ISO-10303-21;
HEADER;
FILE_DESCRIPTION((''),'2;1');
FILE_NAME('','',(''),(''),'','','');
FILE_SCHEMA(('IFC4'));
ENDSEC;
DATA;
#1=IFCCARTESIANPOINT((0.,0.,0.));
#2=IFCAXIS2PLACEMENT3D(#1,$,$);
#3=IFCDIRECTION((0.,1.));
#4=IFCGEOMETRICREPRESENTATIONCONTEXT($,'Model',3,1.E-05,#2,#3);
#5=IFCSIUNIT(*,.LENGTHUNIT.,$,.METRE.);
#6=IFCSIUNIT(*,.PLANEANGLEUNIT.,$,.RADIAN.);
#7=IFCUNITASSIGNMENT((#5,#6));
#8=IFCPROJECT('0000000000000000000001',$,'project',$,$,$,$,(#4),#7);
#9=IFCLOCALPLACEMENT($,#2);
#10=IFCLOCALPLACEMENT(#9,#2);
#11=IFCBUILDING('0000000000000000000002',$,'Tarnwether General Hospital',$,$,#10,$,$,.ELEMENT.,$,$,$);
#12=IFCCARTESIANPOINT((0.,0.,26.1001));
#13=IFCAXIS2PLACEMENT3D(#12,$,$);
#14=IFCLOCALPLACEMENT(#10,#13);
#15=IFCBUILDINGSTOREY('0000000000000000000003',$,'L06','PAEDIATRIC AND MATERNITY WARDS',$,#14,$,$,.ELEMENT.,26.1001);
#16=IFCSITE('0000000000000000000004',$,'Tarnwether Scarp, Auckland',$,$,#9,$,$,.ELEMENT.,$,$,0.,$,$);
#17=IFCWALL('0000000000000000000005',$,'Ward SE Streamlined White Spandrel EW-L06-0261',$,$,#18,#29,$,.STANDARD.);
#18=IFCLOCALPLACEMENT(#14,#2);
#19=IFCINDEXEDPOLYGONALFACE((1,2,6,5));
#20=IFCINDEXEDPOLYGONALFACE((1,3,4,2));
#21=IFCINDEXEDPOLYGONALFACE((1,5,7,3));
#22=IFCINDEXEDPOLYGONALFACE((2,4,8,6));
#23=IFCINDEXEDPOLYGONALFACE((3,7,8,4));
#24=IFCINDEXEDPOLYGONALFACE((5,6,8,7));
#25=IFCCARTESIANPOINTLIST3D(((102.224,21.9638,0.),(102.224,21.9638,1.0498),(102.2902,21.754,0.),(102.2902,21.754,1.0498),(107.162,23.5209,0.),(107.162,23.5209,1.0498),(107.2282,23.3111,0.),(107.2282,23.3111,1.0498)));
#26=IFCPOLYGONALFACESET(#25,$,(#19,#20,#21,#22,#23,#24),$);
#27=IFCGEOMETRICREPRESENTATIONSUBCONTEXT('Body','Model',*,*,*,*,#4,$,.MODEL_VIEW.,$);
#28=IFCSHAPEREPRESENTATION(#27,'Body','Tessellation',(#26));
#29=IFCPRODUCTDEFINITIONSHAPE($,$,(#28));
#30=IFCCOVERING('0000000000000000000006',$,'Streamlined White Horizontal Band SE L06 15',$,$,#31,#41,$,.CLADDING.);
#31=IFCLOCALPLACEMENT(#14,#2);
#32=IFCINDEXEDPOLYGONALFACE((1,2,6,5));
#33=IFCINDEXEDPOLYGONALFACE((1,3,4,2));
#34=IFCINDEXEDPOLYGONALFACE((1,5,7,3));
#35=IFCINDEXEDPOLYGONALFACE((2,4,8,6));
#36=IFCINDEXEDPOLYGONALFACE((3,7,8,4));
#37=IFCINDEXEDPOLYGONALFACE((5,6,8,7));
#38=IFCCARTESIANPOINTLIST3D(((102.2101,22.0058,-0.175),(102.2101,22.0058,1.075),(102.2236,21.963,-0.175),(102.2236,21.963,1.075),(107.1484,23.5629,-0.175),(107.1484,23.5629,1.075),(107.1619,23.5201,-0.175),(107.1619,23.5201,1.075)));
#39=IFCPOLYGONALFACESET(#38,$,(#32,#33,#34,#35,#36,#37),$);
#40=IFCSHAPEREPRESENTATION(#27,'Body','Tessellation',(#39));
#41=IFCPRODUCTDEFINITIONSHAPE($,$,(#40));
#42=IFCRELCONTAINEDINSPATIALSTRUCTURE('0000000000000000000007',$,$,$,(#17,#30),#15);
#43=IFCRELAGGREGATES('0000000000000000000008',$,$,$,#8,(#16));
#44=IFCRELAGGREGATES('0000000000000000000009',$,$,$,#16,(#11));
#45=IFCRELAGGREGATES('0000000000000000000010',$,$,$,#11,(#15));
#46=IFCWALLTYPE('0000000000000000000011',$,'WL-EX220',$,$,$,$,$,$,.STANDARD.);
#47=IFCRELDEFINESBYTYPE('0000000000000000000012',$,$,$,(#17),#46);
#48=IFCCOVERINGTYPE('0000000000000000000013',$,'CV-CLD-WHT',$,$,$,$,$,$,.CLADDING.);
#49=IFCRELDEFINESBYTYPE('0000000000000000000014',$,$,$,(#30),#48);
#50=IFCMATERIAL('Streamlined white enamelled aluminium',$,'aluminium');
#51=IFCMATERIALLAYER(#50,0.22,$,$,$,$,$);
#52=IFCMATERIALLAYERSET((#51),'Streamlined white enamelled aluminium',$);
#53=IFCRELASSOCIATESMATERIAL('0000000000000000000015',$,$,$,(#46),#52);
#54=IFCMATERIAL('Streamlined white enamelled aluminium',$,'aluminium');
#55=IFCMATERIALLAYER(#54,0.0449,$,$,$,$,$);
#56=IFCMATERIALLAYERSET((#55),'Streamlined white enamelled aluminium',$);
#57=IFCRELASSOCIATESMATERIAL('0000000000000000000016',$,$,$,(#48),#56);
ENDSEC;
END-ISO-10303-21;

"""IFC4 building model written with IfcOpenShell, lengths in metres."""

from ifc_helpers import new_model, si_unit, direction, frame, frame_2d, origin, origin_2d, place, context, subcontext, project, spatial, rectangle, extrude, material, layer, layer_set, type_object, element, save


model = new_model("IFC4")

# Units and contexts
model_context = context("Model", 3, precision=1e-05, world=origin(), true_north=direction((0.0, 1.0)))
body_context = subcontext(model_context, "Body", "Model", "MODEL_VIEW")
ifc_project = project(units=[si_unit("LENGTHUNIT", "METRE"), si_unit("PLANEANGLEUNIT", "RADIAN")], contexts=[model_context])

# Site, building, storey
site_placement = place(None, origin())
site = spatial("IfcSite", under=ifc_project, at=site_placement, Name="Tarnwether Scarp, Auckland", CompositionType="ELEMENT", RefElevation=0.0)
building_placement = place(site_placement, origin())
building = spatial("IfcBuilding", under=site, at=building_placement, Name="Tarnwether General Hospital", CompositionType="ELEMENT")
storey_placement = place(building_placement, frame((0.0, 0.0, 26.1001)))
storey = spatial("IfcBuildingStorey", under=building, at=storey_placement, Name="L06", Description="PAEDIATRIC AND MATERNITY WARDS", CompositionType="ELEMENT", Elevation=26.1001)

# Wall
ifc_material_1 = material(Name="Streamlined white enamelled aluminium", Category="aluminium")
ifc_layer_1 = layer(ifc_material_1, 0.22)
ifc_layer_set_1 = layer_set([ifc_layer_1], Name="Streamlined white enamelled aluminium")
wall_type = type_object("IfcWallType", Name="WL-EX220", PredefinedType="STANDARD", material=ifc_layer_set_1)
wall_placement = place(storey_placement, frame((102.2571, 21.8589, 0.0), z_axis=(0.0, 0.0, 1.0), x_axis=(0.953707, 0.300739, 0.0)))
element("IfcWall", 1, at=wall_placement, inside=storey, type_object=wall_type, Name="Ward SE Streamlined White Spandrel EW-L06-0261", PredefinedType="STANDARD", context=body_context, shape_type="SweptSolid", body=[
    extrude(rectangle(XDim=5.1777, YDim=0.22, at=frame_2d((2.5889, 0.0))), origin(), (0.0, 0.0, 1.0), 1.0498),
])

# Covering
ifc_material_2 = material(Name="Streamlined white enamelled aluminium", Category="aluminium")
ifc_layer_2 = layer(ifc_material_2, 0.0449)
ifc_layer_set_2 = layer_set([ifc_layer_2], Name="Streamlined white enamelled aluminium")
covering_type = type_object("IfcCoveringType", Name="CV-CLD-WHT", PredefinedType="CLADDING", material=ifc_layer_set_2)
covering_placement = place(storey_placement, frame((104.686, 22.7629, -0.175), z_axis=(0.0, 0.0, 1.0), x_axis=(0.953712, 0.300722, 0.0)))
element("IfcCovering", 2, at=covering_placement, inside=storey, type_object=covering_type, Name="Streamlined White Horizontal Band SE L06 15", PredefinedType="CLADDING", context=body_context, shape_type="SweptSolid", body=[
    extrude(rectangle(XDim=5.178, YDim=0.0449, at=origin_2d()), origin(), (0.0, 0.0, 1.0), 1.25),
])

save(model, "model.ifc")
